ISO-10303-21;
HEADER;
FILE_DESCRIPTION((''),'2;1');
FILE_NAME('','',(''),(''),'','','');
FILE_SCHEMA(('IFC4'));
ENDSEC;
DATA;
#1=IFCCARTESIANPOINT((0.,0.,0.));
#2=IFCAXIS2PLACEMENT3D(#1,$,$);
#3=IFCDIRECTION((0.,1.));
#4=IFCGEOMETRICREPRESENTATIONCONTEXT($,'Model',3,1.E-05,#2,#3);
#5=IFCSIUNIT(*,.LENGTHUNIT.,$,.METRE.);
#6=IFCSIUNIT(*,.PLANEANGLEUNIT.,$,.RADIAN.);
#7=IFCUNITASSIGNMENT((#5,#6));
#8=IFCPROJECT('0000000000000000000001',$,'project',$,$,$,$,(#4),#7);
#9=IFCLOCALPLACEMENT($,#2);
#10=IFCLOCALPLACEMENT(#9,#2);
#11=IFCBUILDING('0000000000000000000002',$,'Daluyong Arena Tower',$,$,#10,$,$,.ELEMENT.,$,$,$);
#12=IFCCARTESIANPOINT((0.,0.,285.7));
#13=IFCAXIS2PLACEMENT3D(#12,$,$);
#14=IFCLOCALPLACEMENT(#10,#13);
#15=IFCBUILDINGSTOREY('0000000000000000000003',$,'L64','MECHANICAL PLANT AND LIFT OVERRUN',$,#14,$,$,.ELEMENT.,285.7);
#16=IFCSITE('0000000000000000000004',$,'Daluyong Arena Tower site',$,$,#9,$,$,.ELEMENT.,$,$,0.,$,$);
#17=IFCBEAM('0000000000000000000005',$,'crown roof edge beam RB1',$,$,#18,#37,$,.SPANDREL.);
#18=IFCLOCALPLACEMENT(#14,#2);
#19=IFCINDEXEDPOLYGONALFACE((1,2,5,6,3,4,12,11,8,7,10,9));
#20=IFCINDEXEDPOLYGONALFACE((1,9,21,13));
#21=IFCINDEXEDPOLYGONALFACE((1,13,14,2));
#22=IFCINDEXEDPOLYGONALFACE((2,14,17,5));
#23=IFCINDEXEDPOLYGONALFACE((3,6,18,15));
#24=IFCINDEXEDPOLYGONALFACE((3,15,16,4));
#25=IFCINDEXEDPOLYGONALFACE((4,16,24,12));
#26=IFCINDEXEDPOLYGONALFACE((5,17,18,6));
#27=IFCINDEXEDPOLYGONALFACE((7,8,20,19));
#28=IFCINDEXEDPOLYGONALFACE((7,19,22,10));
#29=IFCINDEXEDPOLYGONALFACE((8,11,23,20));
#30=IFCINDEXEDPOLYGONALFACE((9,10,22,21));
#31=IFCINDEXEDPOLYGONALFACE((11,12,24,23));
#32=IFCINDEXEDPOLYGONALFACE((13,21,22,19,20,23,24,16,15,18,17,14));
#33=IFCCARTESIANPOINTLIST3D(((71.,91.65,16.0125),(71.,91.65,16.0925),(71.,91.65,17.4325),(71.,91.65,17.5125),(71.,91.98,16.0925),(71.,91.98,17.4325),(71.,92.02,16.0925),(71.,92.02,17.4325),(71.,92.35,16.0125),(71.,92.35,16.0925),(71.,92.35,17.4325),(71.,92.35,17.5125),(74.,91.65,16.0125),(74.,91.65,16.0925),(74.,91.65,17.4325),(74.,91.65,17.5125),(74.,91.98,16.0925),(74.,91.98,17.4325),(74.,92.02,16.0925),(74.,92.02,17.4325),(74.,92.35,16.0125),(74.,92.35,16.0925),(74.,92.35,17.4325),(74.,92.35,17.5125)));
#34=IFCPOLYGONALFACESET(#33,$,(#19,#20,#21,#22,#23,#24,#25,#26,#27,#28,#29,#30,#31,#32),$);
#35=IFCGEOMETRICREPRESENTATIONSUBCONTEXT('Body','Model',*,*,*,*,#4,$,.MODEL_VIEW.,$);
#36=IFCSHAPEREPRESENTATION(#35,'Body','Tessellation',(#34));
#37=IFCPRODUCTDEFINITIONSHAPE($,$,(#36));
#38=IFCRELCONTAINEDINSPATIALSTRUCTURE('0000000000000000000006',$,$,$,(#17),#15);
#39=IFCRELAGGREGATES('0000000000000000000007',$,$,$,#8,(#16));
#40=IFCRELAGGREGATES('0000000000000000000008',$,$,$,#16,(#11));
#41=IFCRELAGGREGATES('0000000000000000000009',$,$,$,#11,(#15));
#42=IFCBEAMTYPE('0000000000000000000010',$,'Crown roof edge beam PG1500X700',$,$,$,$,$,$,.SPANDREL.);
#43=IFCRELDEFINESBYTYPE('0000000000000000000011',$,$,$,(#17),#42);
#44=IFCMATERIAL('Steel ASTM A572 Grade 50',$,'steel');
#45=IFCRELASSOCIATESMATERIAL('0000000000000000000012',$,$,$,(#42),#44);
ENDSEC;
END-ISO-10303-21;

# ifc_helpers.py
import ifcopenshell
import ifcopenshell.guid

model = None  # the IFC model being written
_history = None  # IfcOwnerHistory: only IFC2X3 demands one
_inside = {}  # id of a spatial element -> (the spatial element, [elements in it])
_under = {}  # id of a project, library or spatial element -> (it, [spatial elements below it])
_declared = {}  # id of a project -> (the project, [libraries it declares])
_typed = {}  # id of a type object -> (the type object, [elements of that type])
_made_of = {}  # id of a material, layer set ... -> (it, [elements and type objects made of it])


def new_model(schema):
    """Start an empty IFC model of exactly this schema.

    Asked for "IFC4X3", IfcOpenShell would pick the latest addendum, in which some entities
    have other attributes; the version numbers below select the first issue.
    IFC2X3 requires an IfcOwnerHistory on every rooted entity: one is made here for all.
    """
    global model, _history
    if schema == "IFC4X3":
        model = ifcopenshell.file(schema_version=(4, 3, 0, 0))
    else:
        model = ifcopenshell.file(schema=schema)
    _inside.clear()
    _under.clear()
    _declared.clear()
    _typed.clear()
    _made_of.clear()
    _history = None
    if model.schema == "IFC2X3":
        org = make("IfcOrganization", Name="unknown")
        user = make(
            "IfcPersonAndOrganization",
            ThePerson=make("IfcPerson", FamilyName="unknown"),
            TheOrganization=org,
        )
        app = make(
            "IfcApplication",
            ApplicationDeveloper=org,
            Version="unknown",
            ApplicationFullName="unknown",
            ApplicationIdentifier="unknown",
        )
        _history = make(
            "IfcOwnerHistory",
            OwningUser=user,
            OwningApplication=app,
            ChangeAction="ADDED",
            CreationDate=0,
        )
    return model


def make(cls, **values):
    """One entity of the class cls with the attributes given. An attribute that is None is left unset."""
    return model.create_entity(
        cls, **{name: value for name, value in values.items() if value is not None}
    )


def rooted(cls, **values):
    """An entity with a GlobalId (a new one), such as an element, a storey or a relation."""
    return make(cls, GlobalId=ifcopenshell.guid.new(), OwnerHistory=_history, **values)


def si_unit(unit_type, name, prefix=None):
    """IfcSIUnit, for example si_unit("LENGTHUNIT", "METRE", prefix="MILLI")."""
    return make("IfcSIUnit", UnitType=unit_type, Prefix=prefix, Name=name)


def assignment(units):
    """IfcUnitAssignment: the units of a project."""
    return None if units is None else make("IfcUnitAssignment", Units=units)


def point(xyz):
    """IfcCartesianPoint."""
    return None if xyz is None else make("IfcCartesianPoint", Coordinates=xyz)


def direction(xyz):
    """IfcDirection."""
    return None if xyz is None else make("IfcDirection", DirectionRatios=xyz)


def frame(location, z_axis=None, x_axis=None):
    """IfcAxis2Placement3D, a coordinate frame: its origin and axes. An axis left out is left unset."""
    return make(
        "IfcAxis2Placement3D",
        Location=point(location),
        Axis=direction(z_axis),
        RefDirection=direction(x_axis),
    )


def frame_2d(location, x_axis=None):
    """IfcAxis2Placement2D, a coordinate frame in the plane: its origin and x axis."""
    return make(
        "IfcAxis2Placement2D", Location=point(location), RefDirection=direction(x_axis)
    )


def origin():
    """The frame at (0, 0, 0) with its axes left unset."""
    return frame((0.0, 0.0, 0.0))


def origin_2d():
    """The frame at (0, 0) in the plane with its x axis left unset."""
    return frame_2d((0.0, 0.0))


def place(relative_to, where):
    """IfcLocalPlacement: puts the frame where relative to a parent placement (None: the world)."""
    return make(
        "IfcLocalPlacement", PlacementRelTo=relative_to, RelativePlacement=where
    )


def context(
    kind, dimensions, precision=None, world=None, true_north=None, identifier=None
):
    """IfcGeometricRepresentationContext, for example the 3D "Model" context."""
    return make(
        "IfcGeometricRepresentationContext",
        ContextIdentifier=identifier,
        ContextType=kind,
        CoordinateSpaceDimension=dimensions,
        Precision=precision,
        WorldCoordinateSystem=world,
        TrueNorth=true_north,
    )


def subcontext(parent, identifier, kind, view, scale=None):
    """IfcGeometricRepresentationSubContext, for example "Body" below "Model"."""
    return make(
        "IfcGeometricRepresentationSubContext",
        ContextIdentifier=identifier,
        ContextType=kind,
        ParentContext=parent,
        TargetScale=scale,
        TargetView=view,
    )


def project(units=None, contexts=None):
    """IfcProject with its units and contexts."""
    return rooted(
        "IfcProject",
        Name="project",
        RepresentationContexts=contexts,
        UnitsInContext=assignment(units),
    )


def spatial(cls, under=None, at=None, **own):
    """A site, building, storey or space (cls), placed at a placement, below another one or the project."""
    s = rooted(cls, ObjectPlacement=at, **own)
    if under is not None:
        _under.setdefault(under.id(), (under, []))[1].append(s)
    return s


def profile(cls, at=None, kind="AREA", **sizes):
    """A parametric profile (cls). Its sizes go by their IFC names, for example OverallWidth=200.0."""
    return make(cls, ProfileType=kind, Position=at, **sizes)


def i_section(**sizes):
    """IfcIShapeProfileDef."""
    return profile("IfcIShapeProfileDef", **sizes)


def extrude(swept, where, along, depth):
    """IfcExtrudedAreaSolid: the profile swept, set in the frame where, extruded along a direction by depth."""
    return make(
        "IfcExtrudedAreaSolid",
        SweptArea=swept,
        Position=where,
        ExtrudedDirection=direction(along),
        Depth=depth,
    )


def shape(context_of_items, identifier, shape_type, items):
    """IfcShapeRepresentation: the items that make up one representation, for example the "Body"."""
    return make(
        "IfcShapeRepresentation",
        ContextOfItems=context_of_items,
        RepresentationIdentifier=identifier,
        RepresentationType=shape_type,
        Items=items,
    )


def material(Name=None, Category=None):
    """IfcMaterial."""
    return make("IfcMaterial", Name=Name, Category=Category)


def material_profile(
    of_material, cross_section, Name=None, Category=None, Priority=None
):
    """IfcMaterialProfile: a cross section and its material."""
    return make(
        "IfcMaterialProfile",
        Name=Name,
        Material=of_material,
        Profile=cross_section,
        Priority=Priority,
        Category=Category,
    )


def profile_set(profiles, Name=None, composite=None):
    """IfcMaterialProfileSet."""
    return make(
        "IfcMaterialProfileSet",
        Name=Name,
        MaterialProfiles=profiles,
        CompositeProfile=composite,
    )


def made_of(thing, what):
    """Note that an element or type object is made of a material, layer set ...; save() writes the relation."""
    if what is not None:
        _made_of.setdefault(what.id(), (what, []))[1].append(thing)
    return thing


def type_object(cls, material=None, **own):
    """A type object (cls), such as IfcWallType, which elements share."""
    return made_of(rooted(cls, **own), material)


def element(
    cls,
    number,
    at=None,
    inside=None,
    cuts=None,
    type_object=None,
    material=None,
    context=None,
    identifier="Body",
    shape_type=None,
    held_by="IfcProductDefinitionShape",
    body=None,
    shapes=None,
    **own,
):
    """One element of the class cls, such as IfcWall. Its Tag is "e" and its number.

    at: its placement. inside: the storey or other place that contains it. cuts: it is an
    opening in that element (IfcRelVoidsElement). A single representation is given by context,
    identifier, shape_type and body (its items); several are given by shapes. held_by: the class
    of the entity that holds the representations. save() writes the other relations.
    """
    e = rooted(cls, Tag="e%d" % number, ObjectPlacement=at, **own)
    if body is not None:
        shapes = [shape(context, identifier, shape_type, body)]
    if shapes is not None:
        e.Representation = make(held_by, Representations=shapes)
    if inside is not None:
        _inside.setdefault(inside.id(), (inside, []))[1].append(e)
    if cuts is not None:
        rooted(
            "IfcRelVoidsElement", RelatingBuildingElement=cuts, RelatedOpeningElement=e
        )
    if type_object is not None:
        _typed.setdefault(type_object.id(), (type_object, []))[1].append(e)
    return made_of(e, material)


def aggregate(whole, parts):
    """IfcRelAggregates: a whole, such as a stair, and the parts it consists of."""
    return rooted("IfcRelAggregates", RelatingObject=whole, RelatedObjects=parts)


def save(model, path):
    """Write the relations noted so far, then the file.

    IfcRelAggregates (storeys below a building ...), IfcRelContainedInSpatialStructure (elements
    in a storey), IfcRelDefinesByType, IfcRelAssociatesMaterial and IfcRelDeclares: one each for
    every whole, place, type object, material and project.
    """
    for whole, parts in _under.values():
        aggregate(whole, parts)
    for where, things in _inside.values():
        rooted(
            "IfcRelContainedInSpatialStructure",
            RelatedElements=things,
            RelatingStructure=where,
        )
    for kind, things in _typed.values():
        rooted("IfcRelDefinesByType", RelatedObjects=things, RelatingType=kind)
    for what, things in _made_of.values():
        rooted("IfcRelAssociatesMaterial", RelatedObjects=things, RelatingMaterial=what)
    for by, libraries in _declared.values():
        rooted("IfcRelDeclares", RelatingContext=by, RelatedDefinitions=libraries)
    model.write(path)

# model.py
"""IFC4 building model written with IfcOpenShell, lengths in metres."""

from ifc_helpers import new_model, si_unit, direction, frame, origin, origin_2d, place, context, subcontext, project, spatial, i_section, extrude, material, material_profile, profile_set, type_object, element, save


model = new_model("IFC4")

# Units and contexts
model_context = context("Model", 3, precision=1e-05, world=origin(), true_north=direction((0.0, 1.0)))
body_context = subcontext(model_context, "Body", "Model", "MODEL_VIEW")
ifc_project = project(units=[si_unit("LENGTHUNIT", "METRE"), si_unit("PLANEANGLEUNIT", "RADIAN")], contexts=[model_context])

# Site, building, storey
site_placement = place(None, origin())
site = spatial("IfcSite", under=ifc_project, at=site_placement, Name="Daluyong Arena Tower site", CompositionType="ELEMENT", RefElevation=0.0)
building_placement = place(site_placement, origin())
building = spatial("IfcBuilding", under=site, at=building_placement, Name="Daluyong Arena Tower", CompositionType="ELEMENT")
storey_placement = place(building_placement, frame((0.0, 0.0, 285.7)))
storey = spatial("IfcBuildingStorey", under=building, at=storey_placement, Name="L64", Description="MECHANICAL PLANT AND LIFT OVERRUN", CompositionType="ELEMENT", Elevation=285.7)

# Beam
ifc_material_1 = material(Name="Steel ASTM A572 Grade 50", Category="steel")
ifc_material_profile_1 = material_profile(ifc_material_1, i_section(OverallWidth=0.7, OverallDepth=1.5, WebThickness=0.04, FlangeThickness=0.08, at=origin_2d()))
ifc_profile_set_1 = profile_set([ifc_material_profile_1], Name="Steel ASTM A572 Grade 50")
beam_type_1 = type_object("IfcBeamType", Name="Crown roof edge beam PG1500X700", PredefinedType="SPANDREL", material=ifc_profile_set_1)
beam_1_placement = place(storey_placement, frame((74.0, 92.0, 16.7625), z_axis=(-1.0, 0.0, 0.0), x_axis=(0.0, -1.0, 0.0)))
element("IfcBeam", 1, at=beam_1_placement, inside=storey, type_object=beam_type_1, Name="crown roof edge beam RB1", PredefinedType="SPANDREL", context=body_context, shape_type="SweptSolid", body=[
    extrude(i_section(OverallWidth=0.7, OverallDepth=1.5, WebThickness=0.04, FlangeThickness=0.08, at=origin_2d()), origin(), (0.0, 0.0, 1.0), 3.0),
])

save(model, "model.ifc")
